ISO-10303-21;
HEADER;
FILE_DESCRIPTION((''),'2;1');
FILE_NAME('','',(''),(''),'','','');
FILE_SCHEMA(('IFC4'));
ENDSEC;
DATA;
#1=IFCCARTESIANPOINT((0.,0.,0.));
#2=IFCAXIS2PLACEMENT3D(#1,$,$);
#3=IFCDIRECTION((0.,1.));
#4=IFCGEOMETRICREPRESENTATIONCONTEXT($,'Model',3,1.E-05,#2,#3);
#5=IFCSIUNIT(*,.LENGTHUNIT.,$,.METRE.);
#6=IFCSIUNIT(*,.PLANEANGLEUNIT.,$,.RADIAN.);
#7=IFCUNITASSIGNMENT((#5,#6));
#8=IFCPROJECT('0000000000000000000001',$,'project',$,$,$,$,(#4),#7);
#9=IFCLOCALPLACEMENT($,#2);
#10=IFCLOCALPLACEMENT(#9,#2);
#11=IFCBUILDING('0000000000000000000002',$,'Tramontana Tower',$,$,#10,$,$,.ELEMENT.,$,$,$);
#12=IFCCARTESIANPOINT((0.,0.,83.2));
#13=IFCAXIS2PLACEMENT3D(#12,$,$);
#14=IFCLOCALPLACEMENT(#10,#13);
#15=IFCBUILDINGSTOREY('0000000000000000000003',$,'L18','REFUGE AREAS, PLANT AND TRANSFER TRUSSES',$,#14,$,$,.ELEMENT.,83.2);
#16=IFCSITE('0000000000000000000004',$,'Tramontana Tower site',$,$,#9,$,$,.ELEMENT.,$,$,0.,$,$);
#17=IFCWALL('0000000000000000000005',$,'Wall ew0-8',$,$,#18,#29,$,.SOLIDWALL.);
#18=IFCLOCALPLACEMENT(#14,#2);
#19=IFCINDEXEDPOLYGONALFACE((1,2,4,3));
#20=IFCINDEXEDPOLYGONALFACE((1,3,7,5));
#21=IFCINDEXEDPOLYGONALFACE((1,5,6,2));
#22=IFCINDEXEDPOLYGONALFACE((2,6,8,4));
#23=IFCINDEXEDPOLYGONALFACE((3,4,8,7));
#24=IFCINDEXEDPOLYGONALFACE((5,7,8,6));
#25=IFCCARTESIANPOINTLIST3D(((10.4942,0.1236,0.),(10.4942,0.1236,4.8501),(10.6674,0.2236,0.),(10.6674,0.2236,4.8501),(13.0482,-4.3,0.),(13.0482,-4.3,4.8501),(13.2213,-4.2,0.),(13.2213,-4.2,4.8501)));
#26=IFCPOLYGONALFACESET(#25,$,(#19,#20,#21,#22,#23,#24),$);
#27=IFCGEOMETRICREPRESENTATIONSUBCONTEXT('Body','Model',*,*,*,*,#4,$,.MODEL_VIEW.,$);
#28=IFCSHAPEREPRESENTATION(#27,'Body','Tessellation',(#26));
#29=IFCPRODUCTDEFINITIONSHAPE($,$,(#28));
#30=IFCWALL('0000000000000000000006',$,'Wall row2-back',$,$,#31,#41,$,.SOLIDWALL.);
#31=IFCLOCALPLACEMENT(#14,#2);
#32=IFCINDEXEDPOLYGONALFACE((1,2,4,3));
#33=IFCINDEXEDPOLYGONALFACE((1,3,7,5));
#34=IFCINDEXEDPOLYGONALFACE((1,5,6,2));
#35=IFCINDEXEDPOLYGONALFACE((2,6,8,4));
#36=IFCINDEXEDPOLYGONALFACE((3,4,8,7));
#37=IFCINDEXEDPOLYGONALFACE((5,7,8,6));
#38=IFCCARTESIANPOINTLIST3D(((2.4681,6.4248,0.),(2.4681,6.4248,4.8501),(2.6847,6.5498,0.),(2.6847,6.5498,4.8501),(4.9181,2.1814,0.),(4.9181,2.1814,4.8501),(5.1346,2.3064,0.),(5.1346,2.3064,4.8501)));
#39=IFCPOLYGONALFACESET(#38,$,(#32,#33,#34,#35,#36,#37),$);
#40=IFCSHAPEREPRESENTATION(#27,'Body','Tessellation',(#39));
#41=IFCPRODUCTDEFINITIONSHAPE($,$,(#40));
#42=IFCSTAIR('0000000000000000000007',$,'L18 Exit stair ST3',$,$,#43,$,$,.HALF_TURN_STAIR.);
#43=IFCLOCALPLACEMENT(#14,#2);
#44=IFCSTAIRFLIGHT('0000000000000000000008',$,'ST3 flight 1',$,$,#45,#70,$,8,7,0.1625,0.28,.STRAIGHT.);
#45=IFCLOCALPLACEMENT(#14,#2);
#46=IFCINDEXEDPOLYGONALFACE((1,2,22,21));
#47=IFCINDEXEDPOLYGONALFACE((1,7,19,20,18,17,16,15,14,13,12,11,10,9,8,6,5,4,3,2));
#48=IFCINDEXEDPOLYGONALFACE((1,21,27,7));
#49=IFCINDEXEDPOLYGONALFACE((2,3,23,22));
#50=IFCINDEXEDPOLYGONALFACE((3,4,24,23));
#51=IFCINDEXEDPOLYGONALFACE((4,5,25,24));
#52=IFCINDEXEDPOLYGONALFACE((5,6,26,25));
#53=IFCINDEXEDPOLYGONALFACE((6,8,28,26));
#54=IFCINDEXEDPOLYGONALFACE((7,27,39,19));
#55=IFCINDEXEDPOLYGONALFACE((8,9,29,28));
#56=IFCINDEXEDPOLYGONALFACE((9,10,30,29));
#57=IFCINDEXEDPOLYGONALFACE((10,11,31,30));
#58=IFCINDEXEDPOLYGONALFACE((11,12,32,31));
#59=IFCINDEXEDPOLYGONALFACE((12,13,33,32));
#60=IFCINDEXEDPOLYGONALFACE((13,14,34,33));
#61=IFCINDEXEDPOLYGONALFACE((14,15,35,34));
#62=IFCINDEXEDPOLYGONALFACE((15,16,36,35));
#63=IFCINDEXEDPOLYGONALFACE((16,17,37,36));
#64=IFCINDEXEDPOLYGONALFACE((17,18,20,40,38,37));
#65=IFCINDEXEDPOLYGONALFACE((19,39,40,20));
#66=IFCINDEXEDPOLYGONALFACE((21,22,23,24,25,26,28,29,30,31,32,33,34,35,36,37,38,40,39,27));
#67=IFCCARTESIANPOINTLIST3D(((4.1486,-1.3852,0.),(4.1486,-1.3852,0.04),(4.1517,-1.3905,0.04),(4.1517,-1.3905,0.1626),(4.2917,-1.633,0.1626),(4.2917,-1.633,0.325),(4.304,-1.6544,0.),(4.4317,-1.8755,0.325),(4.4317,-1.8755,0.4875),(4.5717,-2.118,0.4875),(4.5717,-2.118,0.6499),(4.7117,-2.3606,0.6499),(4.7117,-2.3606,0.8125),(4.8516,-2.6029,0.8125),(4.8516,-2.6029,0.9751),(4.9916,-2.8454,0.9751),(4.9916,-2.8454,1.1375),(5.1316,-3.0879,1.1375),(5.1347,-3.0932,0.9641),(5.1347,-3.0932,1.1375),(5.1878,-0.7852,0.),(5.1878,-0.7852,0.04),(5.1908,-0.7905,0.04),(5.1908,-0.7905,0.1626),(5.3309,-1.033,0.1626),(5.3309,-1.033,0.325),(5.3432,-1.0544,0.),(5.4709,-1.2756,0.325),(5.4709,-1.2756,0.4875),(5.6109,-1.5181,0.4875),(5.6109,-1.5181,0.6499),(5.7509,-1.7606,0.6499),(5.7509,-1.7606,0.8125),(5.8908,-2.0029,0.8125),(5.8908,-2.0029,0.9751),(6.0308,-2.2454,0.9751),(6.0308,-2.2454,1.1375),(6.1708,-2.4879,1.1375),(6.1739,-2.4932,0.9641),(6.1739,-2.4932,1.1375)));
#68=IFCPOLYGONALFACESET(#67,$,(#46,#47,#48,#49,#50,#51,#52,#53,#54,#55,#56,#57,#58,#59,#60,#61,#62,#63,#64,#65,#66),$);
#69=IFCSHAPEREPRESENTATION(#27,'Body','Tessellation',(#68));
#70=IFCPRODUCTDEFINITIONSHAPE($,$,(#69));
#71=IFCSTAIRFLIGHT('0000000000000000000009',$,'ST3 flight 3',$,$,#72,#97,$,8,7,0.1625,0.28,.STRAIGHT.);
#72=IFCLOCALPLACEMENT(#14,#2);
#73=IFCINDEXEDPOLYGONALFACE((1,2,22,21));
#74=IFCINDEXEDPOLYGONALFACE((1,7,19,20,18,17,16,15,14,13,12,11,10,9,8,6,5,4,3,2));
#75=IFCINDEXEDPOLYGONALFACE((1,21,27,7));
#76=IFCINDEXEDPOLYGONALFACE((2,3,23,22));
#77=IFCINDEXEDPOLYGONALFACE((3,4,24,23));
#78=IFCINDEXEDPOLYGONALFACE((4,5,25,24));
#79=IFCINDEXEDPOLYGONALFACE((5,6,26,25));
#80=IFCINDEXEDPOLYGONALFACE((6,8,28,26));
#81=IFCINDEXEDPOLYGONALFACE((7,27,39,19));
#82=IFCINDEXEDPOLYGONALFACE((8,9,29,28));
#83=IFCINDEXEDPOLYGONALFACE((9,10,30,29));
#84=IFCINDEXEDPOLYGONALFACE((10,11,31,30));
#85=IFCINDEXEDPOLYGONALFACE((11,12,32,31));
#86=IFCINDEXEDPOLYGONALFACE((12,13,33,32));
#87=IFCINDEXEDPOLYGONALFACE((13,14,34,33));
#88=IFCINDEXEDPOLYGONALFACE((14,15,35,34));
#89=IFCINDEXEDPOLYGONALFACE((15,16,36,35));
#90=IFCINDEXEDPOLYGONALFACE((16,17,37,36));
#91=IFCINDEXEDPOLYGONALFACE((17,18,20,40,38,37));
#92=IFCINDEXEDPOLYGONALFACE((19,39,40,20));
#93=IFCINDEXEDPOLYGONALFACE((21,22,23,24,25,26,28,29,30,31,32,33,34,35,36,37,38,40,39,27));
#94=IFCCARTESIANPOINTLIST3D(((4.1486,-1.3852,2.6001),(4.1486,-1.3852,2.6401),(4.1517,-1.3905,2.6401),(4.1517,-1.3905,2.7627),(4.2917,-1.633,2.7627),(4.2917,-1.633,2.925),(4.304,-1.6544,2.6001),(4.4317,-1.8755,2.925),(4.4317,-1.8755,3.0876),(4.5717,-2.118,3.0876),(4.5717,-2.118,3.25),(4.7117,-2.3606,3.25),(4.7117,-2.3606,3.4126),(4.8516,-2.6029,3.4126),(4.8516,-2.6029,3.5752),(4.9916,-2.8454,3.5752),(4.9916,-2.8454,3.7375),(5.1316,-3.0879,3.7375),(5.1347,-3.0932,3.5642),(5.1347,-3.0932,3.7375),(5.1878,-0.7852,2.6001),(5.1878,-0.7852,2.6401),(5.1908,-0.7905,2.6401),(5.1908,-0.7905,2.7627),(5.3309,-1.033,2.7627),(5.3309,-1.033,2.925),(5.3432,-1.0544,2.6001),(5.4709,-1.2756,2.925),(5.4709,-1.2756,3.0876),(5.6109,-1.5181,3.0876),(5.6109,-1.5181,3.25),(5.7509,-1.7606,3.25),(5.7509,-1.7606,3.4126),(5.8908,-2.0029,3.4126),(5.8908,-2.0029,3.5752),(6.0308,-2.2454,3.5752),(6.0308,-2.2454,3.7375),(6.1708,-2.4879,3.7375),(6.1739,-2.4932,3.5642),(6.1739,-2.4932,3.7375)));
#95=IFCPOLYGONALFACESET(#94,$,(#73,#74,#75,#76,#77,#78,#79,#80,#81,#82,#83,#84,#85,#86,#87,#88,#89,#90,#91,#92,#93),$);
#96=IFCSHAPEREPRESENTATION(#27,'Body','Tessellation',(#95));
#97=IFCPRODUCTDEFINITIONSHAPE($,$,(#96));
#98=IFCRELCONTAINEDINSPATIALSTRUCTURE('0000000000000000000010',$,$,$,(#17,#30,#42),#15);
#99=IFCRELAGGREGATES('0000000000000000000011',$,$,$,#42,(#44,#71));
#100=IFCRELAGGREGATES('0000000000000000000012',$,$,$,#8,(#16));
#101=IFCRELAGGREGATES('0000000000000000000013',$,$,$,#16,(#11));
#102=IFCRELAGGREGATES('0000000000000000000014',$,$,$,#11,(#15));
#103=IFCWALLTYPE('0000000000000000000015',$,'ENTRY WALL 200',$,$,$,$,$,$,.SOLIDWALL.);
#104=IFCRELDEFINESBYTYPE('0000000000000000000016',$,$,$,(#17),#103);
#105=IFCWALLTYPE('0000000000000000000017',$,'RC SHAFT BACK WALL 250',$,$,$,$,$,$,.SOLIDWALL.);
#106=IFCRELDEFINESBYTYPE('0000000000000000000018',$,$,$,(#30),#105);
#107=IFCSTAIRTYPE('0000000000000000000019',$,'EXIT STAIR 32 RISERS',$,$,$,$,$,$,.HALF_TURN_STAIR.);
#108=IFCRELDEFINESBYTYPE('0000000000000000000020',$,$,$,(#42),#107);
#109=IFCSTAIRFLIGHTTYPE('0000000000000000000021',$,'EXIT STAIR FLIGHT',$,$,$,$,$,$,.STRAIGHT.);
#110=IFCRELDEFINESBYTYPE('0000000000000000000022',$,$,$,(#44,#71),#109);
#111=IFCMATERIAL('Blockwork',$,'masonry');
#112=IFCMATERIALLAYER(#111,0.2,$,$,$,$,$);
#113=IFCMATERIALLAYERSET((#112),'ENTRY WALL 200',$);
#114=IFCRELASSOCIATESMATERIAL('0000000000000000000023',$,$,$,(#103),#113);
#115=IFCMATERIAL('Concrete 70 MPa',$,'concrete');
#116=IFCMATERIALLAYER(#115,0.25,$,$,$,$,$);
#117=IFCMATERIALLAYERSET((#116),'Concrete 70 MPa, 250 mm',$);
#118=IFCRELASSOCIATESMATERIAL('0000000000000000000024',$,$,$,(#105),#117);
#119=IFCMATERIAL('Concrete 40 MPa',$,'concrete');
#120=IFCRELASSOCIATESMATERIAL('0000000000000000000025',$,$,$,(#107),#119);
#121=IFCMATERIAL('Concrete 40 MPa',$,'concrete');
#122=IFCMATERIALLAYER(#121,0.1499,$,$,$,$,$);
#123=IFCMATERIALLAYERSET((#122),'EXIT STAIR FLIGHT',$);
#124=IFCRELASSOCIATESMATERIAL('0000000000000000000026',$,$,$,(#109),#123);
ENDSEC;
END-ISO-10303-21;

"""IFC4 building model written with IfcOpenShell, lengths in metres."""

from ifc_helpers import new_model, si_unit, direction, frame, frame_2d, origin, place, context, subcontext, project, spatial, polyline, rectangle, outline, extrude, material, layer, layer_set, type_object, element, aggregate, save


model = new_model("IFC4")

# Units and contexts
model_context = context("Model", 3, precision=1e-05, world=origin(), true_north=direction((0.0, 1.0)))
body_context = subcontext(model_context, "Body", "Model", "MODEL_VIEW")
ifc_project = project(units=[si_unit("LENGTHUNIT", "METRE"), si_unit("PLANEANGLEUNIT", "RADIAN")], contexts=[model_context])

# Site, building, storey
site_placement = place(None, origin())
site = spatial("IfcSite", under=ifc_project, at=site_placement, Name="Tramontana Tower site", CompositionType="ELEMENT", RefElevation=0.0)
building_placement = place(site_placement, origin())
building = spatial("IfcBuilding", under=site, at=building_placement, Name="Tramontana Tower", CompositionType="ELEMENT")
storey_placement = place(building_placement, frame((0.0, 0.0, 83.2)))
storey = spatial("IfcBuildingStorey", under=building, at=storey_placement, Name="L18", Description="REFUGE AREAS, PLANT AND TRANSFER TRUSSES", CompositionType="ELEMENT", Elevation=83.2)

# Shared definitions
ifc_material_1 = material(Name="Blockwork", Category="masonry")
ifc_layer_1 = layer(ifc_material_1, 0.2)
ifc_layer_set_1 = layer_set([ifc_layer_1], Name="ENTRY WALL 200")
wall_type_1 = type_object("IfcWallType", Name="ENTRY WALL 200", PredefinedType="SOLIDWALL", material=ifc_layer_set_1)

# Walls
wall_1_placement = place(storey_placement, frame((10.5808, 0.1736, 0.0), z_axis=(0.0, 0.0, 1.0), x_axis=(0.5, -0.866026, 0.0)))
element("IfcWall", 1, at=wall_1_placement, inside=storey, type_object=wall_type_1, Name="Wall ew0-8", PredefinedType="SOLIDWALL", context=body_context, shape_type="SweptSolid", body=[
    extrude(rectangle(XDim=5.1079, YDim=0.2, at=frame_2d((2.554, 0.0))), origin(), (0.0, 0.0, 1.0), 4.8501),
])
ifc_material_2 = material(Name="Concrete 70 MPa", Category="concrete")
ifc_layer_2 = layer(ifc_material_2, 0.25)
ifc_layer_set_2 = layer_set([ifc_layer_2], Name="Concrete 70 MPa, 250 mm")
wall_type_2 = type_object("IfcWallType", Name="RC SHAFT BACK WALL 250", PredefinedType="SOLIDWALL", material=ifc_layer_set_2)
wall_2_placement = place(storey_placement, frame((5.0264, 2.2439, 0.0), z_axis=(0.0, 0.0, 1.0), x_axis=(-0.500003, 0.866024, 0.0)))
element("IfcWall", 2, at=wall_2_placement, inside=storey, type_object=wall_type_2, Name="Wall row2-back", PredefinedType="SOLIDWALL", context=body_context, shape_type="SweptSolid", body=[
    extrude(rectangle(XDim=4.8999, YDim=0.25, at=frame_2d((2.45, 0.0))), origin(), (0.0, 0.0, 1.0), 4.8501),
])

# Stair, stair flights
ifc_material_3 = material(Name="Concrete 40 MPa", Category="concrete")
stair_type = type_object("IfcStairType", Name="EXIT STAIR 32 RISERS", PredefinedType="HALF_TURN_STAIR", material=ifc_material_3)
stair_placement = place(storey_placement, origin())
stair = element("IfcStair", 3, at=stair_placement, inside=storey, type_object=stair_type, Name="L18 Exit stair ST3", PredefinedType="HALF_TURN_STAIR")
ifc_material_4 = material(Name="Concrete 40 MPa", Category="concrete")
ifc_layer_3 = layer(ifc_material_4, 0.1499)
ifc_layer_set_3 = layer_set([ifc_layer_3], Name="EXIT STAIR FLIGHT")
stair_flight_type = type_object("IfcStairFlightType", Name="EXIT STAIR FLIGHT", PredefinedType="STRAIGHT", material=ifc_layer_set_3)
stair_flight_1_placement = place(storey_placement, frame((4.6711, -1.0906, 0.0), z_axis=(0.0, 0.0, 1.0), x_axis=(0.5, -0.866025, 0.0)))
stair_flight_1 = element("IfcStairFlight", 4, at=stair_flight_1_placement, type_object=stair_flight_type, Name="ST3 flight 1", NumberOfRisers=8, NumberOfTreads=7, PredefinedType="STRAIGHT", RiserHeight=0.1625, TreadLength=0.28, context=body_context, shape_type="SweptSolid", body=[
    extrude(outline(polyline([(-0.0061, 0.0), (-0.0061, 0.04), (0.0, 0.04), (0.0, 0.1626), (0.28, 0.1626), (0.28, 0.325), (0.5601, 0.325), (0.5601, 0.4875), (0.8401, 0.4875), (0.8401, 0.6499), (1.1201, 0.6499), (1.1201, 0.8125), (1.3999, 0.8125), (1.3999, 0.9751), (1.6799, 0.9751), (1.6799, 1.1375), (1.96, 1.1375), (1.9661, 1.1375), (1.9661, 0.9641), (0.3047, 0.0), (-0.0061, 0.0)])), frame((0.0, 0.6001, 0.0), z_axis=(0.0, -1.0, 0.0), x_axis=(1.0, 0.0, 0.0)), (0.0, 0.0, 1.0), 1.2),
])
stair_flight_2_placement = place(storey_placement, frame((4.6711, -1.0906, 2.6001), z_axis=(0.0, 0.0, 1.0), x_axis=(0.5, -0.866025, 0.0)))
stair_flight_2 = element("IfcStairFlight", 5, at=stair_flight_2_placement, type_object=stair_flight_type, Name="ST3 flight 3", NumberOfRisers=8, NumberOfTreads=7, PredefinedType="STRAIGHT", RiserHeight=0.1625, TreadLength=0.28, context=body_context, shape_type="SweptSolid", body=[
    extrude(outline(polyline([(-0.0061, 0.0), (-0.0061, 0.04), (0.0, 0.04), (0.0, 0.1626), (0.28, 0.1626), (0.28, 0.325), (0.5601, 0.325), (0.5601, 0.4875), (0.8401, 0.4875), (0.8401, 0.6499), (1.1201, 0.6499), (1.1201, 0.8125), (1.3999, 0.8125), (1.3999, 0.9751), (1.6799, 0.9751), (1.6799, 1.1375), (1.96, 1.1375), (1.9661, 1.1375), (1.9661, 0.9641), (0.3047, 0.0), (-0.0061, 0.0)])), frame((0.0, 0.6001, 0.0), z_axis=(0.0, -1.0, 0.0), x_axis=(1.0, 0.0, 0.0)), (0.0, 0.0, 1.0), 1.2),
])
aggregate(stair, [stair_flight_1, stair_flight_2])

save(model, "model.ifc")
